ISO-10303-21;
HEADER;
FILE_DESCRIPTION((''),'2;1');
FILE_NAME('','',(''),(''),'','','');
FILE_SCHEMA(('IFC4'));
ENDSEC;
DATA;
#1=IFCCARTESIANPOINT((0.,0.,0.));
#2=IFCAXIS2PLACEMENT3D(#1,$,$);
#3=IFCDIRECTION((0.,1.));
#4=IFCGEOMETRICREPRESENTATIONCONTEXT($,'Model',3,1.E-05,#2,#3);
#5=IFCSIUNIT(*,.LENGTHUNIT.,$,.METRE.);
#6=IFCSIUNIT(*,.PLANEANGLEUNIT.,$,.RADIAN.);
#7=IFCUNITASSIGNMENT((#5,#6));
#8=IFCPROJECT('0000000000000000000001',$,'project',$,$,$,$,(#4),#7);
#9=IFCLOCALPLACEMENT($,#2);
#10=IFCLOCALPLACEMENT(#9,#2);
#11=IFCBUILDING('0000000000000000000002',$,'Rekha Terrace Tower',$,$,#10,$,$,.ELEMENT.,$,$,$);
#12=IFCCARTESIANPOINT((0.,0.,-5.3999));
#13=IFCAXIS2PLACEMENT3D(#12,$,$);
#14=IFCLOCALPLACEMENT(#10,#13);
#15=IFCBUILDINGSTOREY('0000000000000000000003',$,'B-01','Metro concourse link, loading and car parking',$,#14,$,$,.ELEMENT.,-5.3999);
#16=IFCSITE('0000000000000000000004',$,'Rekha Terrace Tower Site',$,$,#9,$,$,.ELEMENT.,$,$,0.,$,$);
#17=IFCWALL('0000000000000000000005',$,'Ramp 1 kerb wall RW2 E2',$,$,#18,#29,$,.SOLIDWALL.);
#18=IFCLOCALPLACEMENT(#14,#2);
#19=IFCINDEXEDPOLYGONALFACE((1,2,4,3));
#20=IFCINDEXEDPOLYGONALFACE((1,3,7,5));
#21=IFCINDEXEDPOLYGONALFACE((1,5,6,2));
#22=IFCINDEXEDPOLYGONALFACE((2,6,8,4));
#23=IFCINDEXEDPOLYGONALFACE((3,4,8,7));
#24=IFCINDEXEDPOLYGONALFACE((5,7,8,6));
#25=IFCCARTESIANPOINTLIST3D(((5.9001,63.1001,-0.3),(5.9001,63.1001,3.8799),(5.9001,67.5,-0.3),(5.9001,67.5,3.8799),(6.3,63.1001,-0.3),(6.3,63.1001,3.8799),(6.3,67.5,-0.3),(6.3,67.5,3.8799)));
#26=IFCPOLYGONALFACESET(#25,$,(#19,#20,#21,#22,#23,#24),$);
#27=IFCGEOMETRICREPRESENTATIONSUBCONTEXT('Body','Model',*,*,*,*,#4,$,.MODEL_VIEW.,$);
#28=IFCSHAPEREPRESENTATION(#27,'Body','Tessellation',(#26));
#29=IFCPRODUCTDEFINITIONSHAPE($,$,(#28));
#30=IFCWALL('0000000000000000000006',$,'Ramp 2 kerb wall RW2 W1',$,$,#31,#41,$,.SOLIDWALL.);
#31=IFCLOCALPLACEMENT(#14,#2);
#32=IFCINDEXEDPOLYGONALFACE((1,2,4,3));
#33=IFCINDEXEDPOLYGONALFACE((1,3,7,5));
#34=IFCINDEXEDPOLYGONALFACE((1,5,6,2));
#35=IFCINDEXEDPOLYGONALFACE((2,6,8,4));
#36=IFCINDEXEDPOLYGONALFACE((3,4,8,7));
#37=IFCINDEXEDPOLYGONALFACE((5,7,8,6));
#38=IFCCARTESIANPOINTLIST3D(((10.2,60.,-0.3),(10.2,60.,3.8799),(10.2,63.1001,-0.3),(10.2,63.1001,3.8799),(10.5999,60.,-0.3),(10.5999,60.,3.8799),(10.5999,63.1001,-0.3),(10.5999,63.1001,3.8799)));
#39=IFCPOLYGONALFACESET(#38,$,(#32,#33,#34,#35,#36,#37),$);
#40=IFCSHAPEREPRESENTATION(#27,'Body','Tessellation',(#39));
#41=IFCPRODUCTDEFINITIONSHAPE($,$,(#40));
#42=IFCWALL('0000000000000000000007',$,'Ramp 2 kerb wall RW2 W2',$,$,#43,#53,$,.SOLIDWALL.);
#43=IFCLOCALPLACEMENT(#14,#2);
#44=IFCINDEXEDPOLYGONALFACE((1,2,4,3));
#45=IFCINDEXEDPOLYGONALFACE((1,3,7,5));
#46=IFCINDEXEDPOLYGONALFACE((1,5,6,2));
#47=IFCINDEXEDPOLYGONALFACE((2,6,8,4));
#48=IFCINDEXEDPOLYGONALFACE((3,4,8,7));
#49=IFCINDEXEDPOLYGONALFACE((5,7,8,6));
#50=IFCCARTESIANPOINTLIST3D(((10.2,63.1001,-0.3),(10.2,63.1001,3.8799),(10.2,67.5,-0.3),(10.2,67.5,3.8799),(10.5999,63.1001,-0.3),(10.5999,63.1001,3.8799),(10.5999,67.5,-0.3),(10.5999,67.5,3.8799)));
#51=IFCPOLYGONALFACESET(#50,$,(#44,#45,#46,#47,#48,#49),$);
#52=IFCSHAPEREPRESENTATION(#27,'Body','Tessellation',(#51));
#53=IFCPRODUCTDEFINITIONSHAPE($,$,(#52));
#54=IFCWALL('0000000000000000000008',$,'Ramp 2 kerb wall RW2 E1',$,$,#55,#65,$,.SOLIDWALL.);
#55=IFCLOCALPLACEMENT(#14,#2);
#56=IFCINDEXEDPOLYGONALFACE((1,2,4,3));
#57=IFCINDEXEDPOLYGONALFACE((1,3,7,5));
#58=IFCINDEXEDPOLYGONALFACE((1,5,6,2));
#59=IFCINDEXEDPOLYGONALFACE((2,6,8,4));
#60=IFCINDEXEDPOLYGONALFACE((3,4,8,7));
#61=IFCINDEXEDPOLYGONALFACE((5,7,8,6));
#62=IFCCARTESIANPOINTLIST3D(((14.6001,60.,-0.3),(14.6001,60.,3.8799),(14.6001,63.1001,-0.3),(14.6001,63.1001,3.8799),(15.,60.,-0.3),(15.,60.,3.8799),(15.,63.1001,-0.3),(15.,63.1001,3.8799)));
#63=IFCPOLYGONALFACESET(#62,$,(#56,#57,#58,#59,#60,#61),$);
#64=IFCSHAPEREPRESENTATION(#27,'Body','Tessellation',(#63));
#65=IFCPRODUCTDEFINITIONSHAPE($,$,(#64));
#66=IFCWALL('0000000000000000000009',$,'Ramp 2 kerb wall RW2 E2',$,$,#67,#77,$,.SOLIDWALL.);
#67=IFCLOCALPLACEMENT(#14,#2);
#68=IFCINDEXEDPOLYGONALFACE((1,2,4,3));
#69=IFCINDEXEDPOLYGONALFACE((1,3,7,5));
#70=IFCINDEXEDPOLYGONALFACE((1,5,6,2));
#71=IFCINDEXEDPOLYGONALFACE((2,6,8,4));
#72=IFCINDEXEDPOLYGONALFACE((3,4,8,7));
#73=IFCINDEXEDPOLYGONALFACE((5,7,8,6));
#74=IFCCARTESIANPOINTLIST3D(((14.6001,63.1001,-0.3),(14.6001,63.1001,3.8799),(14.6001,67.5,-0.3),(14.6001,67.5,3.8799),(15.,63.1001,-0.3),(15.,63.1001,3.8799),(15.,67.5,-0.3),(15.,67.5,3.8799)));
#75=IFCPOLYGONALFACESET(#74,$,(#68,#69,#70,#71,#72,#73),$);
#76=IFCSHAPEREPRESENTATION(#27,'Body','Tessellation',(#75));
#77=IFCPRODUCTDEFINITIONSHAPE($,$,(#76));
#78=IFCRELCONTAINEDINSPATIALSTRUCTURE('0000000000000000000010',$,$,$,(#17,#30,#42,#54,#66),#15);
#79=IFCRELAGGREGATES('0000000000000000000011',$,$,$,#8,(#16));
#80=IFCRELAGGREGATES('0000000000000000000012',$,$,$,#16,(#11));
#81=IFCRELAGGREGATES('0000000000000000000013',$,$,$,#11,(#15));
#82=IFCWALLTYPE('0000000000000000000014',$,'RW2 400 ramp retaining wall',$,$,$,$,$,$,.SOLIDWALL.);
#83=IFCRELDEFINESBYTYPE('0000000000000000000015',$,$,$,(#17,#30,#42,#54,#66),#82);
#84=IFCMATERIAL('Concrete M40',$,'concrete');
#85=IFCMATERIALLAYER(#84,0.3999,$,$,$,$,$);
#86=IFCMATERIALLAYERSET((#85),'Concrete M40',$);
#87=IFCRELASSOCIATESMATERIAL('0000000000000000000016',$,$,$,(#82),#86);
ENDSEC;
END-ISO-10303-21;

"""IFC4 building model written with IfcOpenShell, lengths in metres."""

from ifc_helpers import new_model, si_unit, direction, frame, frame_2d, origin, place, context, subcontext, project, spatial, rectangle, extrude, material, layer, layer_set, type_object, element, save


model = new_model("IFC4")

# Units and contexts
model_context = context("Model", 3, precision=1e-05, world=origin(), true_north=direction((0.0, 1.0)))
body_context = subcontext(model_context, "Body", "Model", "MODEL_VIEW")
ifc_project = project(units=[si_unit("LENGTHUNIT", "METRE"), si_unit("PLANEANGLEUNIT", "RADIAN")], contexts=[model_context])

# Site, building, storey
site_placement = place(None, origin())
site = spatial("IfcSite", under=ifc_project, at=site_placement, Name="Rekha Terrace Tower Site", CompositionType="ELEMENT", RefElevation=0.0)
building_placement = place(site_placement, origin())
building = spatial("IfcBuilding", under=site, at=building_placement, Name="Rekha Terrace Tower", CompositionType="ELEMENT")
storey_placement = place(building_placement, frame((0.0, 0.0, -5.3999)))
storey = spatial("IfcBuildingStorey", under=building, at=storey_placement, Name="B-01", Description="Metro concourse link, loading and car parking", CompositionType="ELEMENT", Elevation=-5.3999)

# Shared definitions
ifc_material = material(Name="Concrete M40", Category="concrete")

# Walls
ifc_layer = layer(ifc_material, 0.3999)
ifc_layer_set = layer_set([ifc_layer], Name="Concrete M40")
wall_type = type_object("IfcWallType", Name="RW2 400 ramp retaining wall", PredefinedType="SOLIDWALL", material=ifc_layer_set)
wall_1_placement = place(storey_placement, frame((6.1001, 63.1001, -0.3), z_axis=(0.0, 0.0, 1.0), x_axis=(0.0, 1.0, 0.0)))
element("IfcWall", 1, at=wall_1_placement, inside=storey, type_object=wall_type, Name="Ramp 1 kerb wall RW2 E2", PredefinedType="SOLIDWALL", context=body_context, shape_type="SweptSolid", body=[
    extrude(rectangle(XDim=4.3999, YDim=0.3999, at=frame_2d((2.2, 0.0))), origin(), (0.0, 0.0, 1.0), 4.1799),
])
wall_2_placement = place(storey_placement, frame((10.3999, 60.0, -0.3), z_axis=(0.0, 0.0, 1.0), x_axis=(0.0, 1.0, 0.0)))
element("IfcWall", 2, at=wall_2_placement, inside=storey, type_object=wall_type, Name="Ramp 2 kerb wall RW2 W1", PredefinedType="SOLIDWALL", context=body_context, shape_type="SweptSolid", body=[
    extrude(rectangle(XDim=3.1001, YDim=0.3999, at=frame_2d((1.55, 0.0))), origin(), (0.0, 0.0, 1.0), 4.1799),
])
wall_3_placement = place(storey_placement, frame((10.3999, 63.1001, -0.3), z_axis=(0.0, 0.0, 1.0), x_axis=(0.0, 1.0, 0.0)))
element("IfcWall", 3, at=wall_3_placement, inside=storey, type_object=wall_type, Name="Ramp 2 kerb wall RW2 W2", PredefinedType="SOLIDWALL", context=body_context, shape_type="SweptSolid", body=[
    extrude(rectangle(XDim=4.3999, YDim=0.3999, at=frame_2d((2.2, 0.0))), origin(), (0.0, 0.0, 1.0), 4.1799),
])
wall_4_placement = place(storey_placement, frame((14.8, 60.0, -0.3), z_axis=(0.0, 0.0, 1.0), x_axis=(0.0, 1.0, 0.0)))
element("IfcWall", 4, at=wall_4_placement, inside=storey, type_object=wall_type, Name="Ramp 2 kerb wall RW2 E1", PredefinedType="SOLIDWALL", context=body_context, shape_type="SweptSolid", body=[
    extrude(rectangle(XDim=3.1001, YDim=0.3999, at=frame_2d((1.55, 0.0))), origin(), (0.0, 0.0, 1.0), 4.1799),
])
wall_5_placement = place(storey_placement, frame((14.8, 63.1001, -0.3), z_axis=(0.0, 0.0, 1.0), x_axis=(0.0, 1.0, 0.0)))
element("IfcWall", 5, at=wall_5_placement, inside=storey, type_object=wall_type, Name="Ramp 2 kerb wall RW2 E2", PredefinedType="SOLIDWALL", context=body_context, shape_type="SweptSolid", body=[
    extrude(rectangle(XDim=4.3999, YDim=0.3999, at=frame_2d((2.2, 0.0))), origin(), (0.0, 0.0, 1.0), 4.1799),
])

save(model, "model.ifc")
